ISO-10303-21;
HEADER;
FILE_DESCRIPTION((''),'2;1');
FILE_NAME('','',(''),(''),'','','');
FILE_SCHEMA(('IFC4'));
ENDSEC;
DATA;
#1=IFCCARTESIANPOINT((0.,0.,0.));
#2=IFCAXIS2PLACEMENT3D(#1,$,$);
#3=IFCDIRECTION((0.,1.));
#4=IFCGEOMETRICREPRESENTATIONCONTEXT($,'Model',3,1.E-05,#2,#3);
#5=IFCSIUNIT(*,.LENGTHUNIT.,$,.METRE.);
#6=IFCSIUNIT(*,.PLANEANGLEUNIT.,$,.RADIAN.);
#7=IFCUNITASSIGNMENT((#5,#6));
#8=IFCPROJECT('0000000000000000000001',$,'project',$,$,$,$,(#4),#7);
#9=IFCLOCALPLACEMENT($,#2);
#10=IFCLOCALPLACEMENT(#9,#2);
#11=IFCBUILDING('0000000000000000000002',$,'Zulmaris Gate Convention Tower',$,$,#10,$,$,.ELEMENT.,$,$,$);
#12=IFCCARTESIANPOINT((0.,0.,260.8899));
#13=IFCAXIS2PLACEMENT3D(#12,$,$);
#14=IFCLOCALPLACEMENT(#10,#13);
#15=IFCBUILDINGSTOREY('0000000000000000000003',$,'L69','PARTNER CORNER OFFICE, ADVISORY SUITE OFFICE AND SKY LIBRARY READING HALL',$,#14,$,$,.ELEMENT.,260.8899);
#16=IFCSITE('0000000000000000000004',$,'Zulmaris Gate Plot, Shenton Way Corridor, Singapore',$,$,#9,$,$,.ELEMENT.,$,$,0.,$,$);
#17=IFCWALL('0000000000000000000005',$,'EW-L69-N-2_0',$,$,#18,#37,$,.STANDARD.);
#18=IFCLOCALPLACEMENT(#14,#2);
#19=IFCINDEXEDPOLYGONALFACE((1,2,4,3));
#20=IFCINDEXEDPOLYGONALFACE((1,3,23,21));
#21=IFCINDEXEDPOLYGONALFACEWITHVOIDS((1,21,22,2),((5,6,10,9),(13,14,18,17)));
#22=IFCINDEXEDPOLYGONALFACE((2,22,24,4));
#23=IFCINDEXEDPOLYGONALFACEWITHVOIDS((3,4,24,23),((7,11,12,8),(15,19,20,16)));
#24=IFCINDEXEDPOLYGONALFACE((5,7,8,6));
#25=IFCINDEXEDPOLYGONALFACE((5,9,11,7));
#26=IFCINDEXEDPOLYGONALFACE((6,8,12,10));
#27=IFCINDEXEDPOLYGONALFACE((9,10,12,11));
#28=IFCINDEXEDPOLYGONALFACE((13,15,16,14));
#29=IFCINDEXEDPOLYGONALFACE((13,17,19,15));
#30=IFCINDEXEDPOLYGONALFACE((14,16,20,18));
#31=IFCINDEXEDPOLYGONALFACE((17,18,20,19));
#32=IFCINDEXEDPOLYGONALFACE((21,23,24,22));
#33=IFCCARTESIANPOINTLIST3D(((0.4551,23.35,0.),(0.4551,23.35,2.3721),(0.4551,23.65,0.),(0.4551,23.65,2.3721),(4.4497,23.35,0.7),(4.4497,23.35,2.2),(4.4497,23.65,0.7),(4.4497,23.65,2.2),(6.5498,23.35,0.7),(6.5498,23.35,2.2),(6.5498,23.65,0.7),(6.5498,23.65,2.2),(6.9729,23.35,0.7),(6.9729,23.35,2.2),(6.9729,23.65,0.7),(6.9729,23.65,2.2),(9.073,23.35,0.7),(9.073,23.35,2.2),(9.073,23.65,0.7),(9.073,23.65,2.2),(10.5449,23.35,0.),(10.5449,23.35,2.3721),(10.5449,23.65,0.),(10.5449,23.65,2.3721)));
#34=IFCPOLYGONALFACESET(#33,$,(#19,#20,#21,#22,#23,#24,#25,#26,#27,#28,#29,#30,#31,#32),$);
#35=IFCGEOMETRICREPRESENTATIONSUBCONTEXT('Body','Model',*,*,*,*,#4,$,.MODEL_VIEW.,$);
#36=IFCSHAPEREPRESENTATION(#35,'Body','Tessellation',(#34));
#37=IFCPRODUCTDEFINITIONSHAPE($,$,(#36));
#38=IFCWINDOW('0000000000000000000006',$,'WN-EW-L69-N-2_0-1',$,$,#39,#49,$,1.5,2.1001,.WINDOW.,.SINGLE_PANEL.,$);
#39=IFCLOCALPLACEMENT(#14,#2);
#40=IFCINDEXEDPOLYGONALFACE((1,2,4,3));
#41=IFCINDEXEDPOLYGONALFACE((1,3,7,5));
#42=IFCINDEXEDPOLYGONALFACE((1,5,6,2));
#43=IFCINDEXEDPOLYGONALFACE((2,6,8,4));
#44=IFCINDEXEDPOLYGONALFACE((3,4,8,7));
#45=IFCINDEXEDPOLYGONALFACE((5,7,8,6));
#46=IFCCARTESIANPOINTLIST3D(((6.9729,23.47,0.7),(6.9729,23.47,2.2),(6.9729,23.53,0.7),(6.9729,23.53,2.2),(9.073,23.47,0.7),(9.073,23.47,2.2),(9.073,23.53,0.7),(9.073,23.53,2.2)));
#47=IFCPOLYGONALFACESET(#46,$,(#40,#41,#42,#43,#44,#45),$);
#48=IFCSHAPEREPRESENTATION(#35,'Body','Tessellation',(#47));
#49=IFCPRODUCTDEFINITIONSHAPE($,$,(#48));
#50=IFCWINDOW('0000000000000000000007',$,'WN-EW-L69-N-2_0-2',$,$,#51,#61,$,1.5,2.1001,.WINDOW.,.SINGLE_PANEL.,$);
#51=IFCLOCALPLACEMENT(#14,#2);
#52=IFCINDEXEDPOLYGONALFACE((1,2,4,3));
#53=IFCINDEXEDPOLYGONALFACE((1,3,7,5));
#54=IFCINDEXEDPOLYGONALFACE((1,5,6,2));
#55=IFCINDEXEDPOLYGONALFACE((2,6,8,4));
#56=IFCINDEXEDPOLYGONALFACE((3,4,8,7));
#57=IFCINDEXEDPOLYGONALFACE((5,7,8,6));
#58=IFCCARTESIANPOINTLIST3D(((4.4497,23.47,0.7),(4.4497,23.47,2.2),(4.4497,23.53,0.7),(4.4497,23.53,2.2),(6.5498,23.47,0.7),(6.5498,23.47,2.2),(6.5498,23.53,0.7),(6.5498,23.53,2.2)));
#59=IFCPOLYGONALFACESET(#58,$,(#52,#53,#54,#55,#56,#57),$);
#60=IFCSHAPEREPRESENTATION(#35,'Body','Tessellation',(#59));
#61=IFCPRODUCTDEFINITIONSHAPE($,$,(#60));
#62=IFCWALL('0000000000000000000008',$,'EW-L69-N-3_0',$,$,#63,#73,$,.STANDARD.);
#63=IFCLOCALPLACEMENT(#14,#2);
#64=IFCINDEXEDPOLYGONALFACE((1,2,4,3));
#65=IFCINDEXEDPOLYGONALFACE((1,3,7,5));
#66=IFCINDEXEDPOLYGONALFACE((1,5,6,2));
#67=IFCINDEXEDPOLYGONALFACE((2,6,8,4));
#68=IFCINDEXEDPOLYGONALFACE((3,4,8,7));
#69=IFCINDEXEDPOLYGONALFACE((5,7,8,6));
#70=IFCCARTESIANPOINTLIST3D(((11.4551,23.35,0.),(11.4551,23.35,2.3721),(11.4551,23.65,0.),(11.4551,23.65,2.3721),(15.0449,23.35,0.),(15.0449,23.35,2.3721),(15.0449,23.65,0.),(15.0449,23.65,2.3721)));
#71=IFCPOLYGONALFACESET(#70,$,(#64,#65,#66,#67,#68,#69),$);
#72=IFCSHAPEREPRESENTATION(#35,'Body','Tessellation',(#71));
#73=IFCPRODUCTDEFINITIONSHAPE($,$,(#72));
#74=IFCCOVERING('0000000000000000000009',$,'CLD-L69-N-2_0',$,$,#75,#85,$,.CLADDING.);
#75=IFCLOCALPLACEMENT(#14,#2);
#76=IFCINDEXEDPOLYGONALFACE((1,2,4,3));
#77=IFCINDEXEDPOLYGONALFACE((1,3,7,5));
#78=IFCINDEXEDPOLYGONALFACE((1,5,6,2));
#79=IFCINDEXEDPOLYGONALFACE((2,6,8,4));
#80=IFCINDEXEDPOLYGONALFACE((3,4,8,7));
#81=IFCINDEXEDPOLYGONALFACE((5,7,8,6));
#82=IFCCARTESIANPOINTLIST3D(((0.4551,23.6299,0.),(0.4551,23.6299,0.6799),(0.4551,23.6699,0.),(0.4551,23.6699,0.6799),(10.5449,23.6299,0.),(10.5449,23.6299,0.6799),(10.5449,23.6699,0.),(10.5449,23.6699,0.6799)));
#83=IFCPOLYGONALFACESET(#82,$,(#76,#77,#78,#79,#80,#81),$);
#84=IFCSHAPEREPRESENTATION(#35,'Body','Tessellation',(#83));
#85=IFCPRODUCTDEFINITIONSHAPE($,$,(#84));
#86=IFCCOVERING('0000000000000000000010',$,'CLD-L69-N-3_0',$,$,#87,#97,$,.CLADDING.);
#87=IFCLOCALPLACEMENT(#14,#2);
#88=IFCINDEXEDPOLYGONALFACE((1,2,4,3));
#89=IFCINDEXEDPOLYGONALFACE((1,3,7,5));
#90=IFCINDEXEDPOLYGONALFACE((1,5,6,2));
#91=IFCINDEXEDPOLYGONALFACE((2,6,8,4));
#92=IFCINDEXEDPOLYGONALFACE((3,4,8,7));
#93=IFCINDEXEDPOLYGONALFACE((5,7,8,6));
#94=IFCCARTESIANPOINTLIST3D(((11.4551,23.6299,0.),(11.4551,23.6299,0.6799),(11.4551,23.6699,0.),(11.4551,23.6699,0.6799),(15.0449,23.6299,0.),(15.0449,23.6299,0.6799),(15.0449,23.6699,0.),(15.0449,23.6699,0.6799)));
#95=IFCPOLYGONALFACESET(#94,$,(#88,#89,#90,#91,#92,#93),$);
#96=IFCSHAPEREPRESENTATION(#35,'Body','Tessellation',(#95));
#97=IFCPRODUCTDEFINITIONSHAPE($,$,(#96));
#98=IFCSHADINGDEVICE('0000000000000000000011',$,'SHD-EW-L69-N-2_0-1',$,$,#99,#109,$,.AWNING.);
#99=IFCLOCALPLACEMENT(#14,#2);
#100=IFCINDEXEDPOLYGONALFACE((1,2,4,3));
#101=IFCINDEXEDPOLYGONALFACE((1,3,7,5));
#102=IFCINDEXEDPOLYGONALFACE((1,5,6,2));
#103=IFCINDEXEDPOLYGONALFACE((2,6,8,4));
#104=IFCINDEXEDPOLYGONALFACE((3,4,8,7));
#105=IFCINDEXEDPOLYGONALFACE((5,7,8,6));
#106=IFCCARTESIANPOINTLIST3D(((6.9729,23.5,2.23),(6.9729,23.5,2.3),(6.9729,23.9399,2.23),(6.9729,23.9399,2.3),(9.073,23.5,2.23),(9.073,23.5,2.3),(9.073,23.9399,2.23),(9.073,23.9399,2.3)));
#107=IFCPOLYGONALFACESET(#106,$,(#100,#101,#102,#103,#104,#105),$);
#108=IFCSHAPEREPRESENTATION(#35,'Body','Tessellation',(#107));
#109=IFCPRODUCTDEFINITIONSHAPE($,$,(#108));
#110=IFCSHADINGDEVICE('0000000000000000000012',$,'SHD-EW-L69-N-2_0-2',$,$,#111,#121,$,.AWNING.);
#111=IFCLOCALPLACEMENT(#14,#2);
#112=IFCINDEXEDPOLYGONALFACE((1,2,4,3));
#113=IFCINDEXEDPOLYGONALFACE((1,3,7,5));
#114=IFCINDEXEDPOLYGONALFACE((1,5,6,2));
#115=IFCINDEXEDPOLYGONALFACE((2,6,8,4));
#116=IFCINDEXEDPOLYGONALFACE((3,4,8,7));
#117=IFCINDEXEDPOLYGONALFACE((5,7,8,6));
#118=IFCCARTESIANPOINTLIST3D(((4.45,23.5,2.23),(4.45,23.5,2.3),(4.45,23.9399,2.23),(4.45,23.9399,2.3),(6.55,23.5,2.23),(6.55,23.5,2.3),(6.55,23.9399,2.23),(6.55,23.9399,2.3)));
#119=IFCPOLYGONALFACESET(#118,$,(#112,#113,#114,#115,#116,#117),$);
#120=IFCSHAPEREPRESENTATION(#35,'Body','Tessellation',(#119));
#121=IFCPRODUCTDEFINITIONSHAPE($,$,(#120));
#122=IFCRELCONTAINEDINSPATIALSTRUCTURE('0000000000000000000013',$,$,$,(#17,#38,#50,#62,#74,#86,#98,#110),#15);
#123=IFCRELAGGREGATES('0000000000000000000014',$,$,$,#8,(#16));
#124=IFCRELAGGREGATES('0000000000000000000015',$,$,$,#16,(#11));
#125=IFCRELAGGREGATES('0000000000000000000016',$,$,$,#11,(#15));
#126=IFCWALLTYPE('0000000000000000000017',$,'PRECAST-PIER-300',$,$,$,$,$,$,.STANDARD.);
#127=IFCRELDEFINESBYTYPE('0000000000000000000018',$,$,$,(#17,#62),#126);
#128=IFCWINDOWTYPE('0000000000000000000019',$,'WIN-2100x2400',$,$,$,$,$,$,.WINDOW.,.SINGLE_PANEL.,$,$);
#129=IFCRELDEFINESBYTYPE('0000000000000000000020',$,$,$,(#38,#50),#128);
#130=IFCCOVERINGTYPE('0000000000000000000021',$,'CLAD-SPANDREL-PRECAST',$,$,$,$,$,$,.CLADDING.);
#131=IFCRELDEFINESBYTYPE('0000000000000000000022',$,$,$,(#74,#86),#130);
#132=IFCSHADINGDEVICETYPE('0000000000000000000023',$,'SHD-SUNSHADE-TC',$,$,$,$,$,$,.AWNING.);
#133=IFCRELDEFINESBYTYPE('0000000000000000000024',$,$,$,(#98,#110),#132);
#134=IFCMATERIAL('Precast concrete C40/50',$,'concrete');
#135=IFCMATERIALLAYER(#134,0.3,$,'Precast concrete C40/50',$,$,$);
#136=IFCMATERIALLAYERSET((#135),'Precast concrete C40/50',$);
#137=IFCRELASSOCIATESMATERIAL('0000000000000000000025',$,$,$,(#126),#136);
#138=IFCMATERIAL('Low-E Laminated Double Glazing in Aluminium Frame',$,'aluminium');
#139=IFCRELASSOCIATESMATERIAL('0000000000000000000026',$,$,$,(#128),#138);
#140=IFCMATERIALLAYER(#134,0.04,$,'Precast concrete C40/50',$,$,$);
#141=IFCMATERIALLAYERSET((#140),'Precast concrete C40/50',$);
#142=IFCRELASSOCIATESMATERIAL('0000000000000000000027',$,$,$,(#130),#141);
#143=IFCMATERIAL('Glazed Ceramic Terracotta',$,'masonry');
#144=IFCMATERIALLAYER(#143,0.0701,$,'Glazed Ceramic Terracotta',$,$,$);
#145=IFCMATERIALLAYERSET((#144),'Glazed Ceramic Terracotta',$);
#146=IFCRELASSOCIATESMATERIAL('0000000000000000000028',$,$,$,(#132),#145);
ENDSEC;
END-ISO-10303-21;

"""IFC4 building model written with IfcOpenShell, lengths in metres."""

from ifc_helpers import new_model, si_unit, direction, frame, frame_2d, origin, place, context, subcontext, project, spatial, rectangle, extrude, material, layer, layer_set, type_object, element, fill, save


model = new_model("IFC4")

# Units and contexts
model_context = context("Model", 3, precision=1e-05, world=origin(), true_north=direction((0.0, 1.0)))
body_context = subcontext(model_context, "Body", "Model", "MODEL_VIEW")
ifc_project = project(units=[si_unit("LENGTHUNIT", "METRE"), si_unit("PLANEANGLEUNIT", "RADIAN")], contexts=[model_context])

# Site, building, storey
site_placement = place(None, origin())
site = spatial("IfcSite", under=ifc_project, at=site_placement, Name="Zulmaris Gate Plot, Shenton Way Corridor, Singapore", CompositionType="ELEMENT", RefElevation=0.0)
building_placement = place(site_placement, origin())
building = spatial("IfcBuilding", under=site, at=building_placement, Name="Zulmaris Gate Convention Tower", CompositionType="ELEMENT")
storey_placement = place(building_placement, frame((0.0, 0.0, 260.8899)))
storey = spatial("IfcBuildingStorey", under=building, at=storey_placement, Name="L69", Description="PARTNER CORNER OFFICE, ADVISORY SUITE OFFICE AND SKY LIBRARY READING HALL", CompositionType="ELEMENT", Elevation=260.8899)

# Shared definitions
ifc_material_1 = material(Name="Precast concrete C40/50", Category="concrete")
ifc_layer_1 = layer(ifc_material_1, 0.3, Name="Precast concrete C40/50")
ifc_layer_set_1 = layer_set([ifc_layer_1], Name="Precast concrete C40/50")
wall_type_1 = type_object("IfcWallType", Name="PRECAST-PIER-300", PredefinedType="STANDARD", material=ifc_layer_set_1)
ifc_material_2 = material(Name="Low-E Laminated Double Glazing in Aluminium Frame", Category="aluminium")

# Wall, openings, windows
wall_1_placement = place(storey_placement, frame((10.5449, 23.5, 0.0), z_axis=(0.0, 0.0, 1.0), x_axis=(-1.0, 0.0, 0.0)))
wall_1 = element("IfcWall", 1, at=wall_1_placement, inside=storey, type_object=wall_type_1, Name="EW-L69-N-2_0", PredefinedType="STANDARD", context=body_context, shape_type="SweptSolid", body=[
    extrude(rectangle(XDim=10.0898, YDim=0.3, at=frame_2d((5.0449, 0.0))), origin(), (0.0, 0.0, 1.0), 2.3721),
])
opening_1_placement = place(wall_1_placement, frame((1.4719, 0.0, 0.7)))
opening_1 = element("IfcOpeningElement", 2, at=opening_1_placement, cuts=wall_1, PredefinedType="OPENING", context=body_context, shape_type="SweptSolid", body=[
    extrude(rectangle(XDim=2.1001, YDim=1.5, at=frame_2d((1.05, 0.75))), frame((0.0, 0.1602, 0.0), z_axis=(0.0, -1.0, 0.0), x_axis=(1.0, 0.0, 0.0)), (0.0, 0.0, 1.0), 0.3201),
])
opening_2_placement = place(wall_1_placement, frame((3.9951, 0.0, 0.7)))
opening_2 = element("IfcOpeningElement", 3, at=opening_2_placement, cuts=wall_1, PredefinedType="OPENING", context=body_context, shape_type="SweptSolid", body=[
    extrude(rectangle(XDim=2.1001, YDim=1.5, at=frame_2d((1.05, 0.75))), frame((0.0, 0.1602, 0.0), z_axis=(0.0, -1.0, 0.0), x_axis=(1.0, 0.0, 0.0)), (0.0, 0.0, 1.0), 0.3201),
])
window_type_1 = type_object("IfcWindowType", Name="WIN-2100x2400", PartitioningType="SINGLE_PANEL", PredefinedType="WINDOW", material=ifc_material_2)
window_1_placement = place(opening_1_placement, origin())
window_1 = element("IfcWindow", 4, at=window_1_placement, inside=storey, type_object=window_type_1, Name="WN-EW-L69-N-2_0-1", OverallHeight=1.5, OverallWidth=2.1001, PartitioningType="SINGLE_PANEL", PredefinedType="WINDOW", context=body_context, shape_type="SweptSolid", body=[
    extrude(rectangle(XDim=2.1001, YDim=1.5, at=frame_2d((1.05, 0.75))), frame((0.0, 0.03, 0.0), z_axis=(0.0, -1.0, 0.0), x_axis=(1.0, 0.0, 0.0)), (0.0, 0.0, 1.0), 0.0601),
])
fill(opening_1, window_1)
window_2_placement = place(opening_2_placement, origin())
window_2 = element("IfcWindow", 5, at=window_2_placement, inside=storey, type_object=window_type_1, Name="WN-EW-L69-N-2_0-2", OverallHeight=1.5, OverallWidth=2.1001, PartitioningType="SINGLE_PANEL", PredefinedType="WINDOW", context=body_context, shape_type="SweptSolid", body=[
    extrude(rectangle(XDim=2.1001, YDim=1.5, at=frame_2d((1.05, 0.75))), frame((0.0, 0.03, 0.0), z_axis=(0.0, -1.0, 0.0), x_axis=(1.0, 0.0, 0.0)), (0.0, 0.0, 1.0), 0.0601),
])
fill(opening_2, window_2)

# Wall
wall_2_placement = place(storey_placement, frame((15.0449, 23.5, 0.0), z_axis=(0.0, 0.0, 1.0), x_axis=(-1.0, 0.0, 0.0)))
element("IfcWall", 6, at=wall_2_placement, inside=storey, type_object=wall_type_1, Name="EW-L69-N-3_0", PredefinedType="STANDARD", context=body_context, shape_type="SweptSolid", body=[
    extrude(rectangle(XDim=3.5898, YDim=0.3, at=frame_2d((1.7949, 0.0))), origin(), (0.0, 0.0, 1.0), 2.3721),
])

# Coverings
ifc_layer_2 = layer(ifc_material_1, 0.04, Name="Precast concrete C40/50")
ifc_layer_set_2 = layer_set([ifc_layer_2], Name="Precast concrete C40/50")
covering_type = type_object("IfcCoveringType", Name="CLAD-SPANDREL-PRECAST", PredefinedType="CLADDING", material=ifc_layer_set_2)
covering_1_placement = place(storey_placement, frame((10.5449, 23.6499, 0.0), z_axis=(0.0, 0.0, 1.0), x_axis=(-1.0, 0.0, 0.0)))
element("IfcCovering", 7, at=covering_1_placement, inside=storey, type_object=covering_type, Name="CLD-L69-N-2_0", PredefinedType="CLADDING", context=body_context, shape_type="SweptSolid", body=[
    extrude(rectangle(XDim=10.0898, YDim=0.04, at=frame_2d((5.0449, 0.0))), origin(), (0.0, 0.0, 1.0), 0.6799),
])
covering_2_placement = place(storey_placement, frame((15.0449, 23.6499, 0.0), z_axis=(0.0, 0.0, 1.0), x_axis=(-1.0, 0.0, 0.0)))
element("IfcCovering", 8, at=covering_2_placement, inside=storey, type_object=covering_type, Name="CLD-L69-N-3_0", PredefinedType="CLADDING", context=body_context, shape_type="SweptSolid", body=[
    extrude(rectangle(XDim=3.5898, YDim=0.04, at=frame_2d((1.7949, 0.0))), origin(), (0.0, 0.0, 1.0), 0.6799),
])

# Shading devices
ifc_material_3 = material(Name="Glazed Ceramic Terracotta", Category="masonry")
ifc_layer_3 = layer(ifc_material_3, 0.0701, Name="Glazed Ceramic Terracotta")
ifc_layer_set_3 = layer_set([ifc_layer_3], Name="Glazed Ceramic Terracotta")
shading_device_type = type_object("IfcShadingDeviceType", Name="SHD-SUNSHADE-TC", PredefinedType="AWNING", material=ifc_layer_set_3)
for number, where, z_axis, x_axis, name in (
    (9, (9.073, 23.72, 2.23), (0.0, 0.0, 1.0), (-1.0, 0.0, 0.0), "SHD-EW-L69-N-2_0-1"),
    (10, (6.55, 23.72, 2.23), (0.0, 0.0, 1.0), (-1.0, 0.0, 0.0), "SHD-EW-L69-N-2_0-2"),
):
    element("IfcShadingDevice", number, at=place(storey_placement, frame(where, z_axis=z_axis, x_axis=x_axis)), inside=storey, type_object=shading_device_type, Name=name, PredefinedType="AWNING", context=body_context, shape_type="SweptSolid", body=[
        extrude(rectangle(XDim=2.1001, YDim=0.4399, at=frame_2d((1.05, 0.0))), origin(), (0.0, 0.0, 1.0), 0.0701),
    ])

save(model, "model.ifc")
